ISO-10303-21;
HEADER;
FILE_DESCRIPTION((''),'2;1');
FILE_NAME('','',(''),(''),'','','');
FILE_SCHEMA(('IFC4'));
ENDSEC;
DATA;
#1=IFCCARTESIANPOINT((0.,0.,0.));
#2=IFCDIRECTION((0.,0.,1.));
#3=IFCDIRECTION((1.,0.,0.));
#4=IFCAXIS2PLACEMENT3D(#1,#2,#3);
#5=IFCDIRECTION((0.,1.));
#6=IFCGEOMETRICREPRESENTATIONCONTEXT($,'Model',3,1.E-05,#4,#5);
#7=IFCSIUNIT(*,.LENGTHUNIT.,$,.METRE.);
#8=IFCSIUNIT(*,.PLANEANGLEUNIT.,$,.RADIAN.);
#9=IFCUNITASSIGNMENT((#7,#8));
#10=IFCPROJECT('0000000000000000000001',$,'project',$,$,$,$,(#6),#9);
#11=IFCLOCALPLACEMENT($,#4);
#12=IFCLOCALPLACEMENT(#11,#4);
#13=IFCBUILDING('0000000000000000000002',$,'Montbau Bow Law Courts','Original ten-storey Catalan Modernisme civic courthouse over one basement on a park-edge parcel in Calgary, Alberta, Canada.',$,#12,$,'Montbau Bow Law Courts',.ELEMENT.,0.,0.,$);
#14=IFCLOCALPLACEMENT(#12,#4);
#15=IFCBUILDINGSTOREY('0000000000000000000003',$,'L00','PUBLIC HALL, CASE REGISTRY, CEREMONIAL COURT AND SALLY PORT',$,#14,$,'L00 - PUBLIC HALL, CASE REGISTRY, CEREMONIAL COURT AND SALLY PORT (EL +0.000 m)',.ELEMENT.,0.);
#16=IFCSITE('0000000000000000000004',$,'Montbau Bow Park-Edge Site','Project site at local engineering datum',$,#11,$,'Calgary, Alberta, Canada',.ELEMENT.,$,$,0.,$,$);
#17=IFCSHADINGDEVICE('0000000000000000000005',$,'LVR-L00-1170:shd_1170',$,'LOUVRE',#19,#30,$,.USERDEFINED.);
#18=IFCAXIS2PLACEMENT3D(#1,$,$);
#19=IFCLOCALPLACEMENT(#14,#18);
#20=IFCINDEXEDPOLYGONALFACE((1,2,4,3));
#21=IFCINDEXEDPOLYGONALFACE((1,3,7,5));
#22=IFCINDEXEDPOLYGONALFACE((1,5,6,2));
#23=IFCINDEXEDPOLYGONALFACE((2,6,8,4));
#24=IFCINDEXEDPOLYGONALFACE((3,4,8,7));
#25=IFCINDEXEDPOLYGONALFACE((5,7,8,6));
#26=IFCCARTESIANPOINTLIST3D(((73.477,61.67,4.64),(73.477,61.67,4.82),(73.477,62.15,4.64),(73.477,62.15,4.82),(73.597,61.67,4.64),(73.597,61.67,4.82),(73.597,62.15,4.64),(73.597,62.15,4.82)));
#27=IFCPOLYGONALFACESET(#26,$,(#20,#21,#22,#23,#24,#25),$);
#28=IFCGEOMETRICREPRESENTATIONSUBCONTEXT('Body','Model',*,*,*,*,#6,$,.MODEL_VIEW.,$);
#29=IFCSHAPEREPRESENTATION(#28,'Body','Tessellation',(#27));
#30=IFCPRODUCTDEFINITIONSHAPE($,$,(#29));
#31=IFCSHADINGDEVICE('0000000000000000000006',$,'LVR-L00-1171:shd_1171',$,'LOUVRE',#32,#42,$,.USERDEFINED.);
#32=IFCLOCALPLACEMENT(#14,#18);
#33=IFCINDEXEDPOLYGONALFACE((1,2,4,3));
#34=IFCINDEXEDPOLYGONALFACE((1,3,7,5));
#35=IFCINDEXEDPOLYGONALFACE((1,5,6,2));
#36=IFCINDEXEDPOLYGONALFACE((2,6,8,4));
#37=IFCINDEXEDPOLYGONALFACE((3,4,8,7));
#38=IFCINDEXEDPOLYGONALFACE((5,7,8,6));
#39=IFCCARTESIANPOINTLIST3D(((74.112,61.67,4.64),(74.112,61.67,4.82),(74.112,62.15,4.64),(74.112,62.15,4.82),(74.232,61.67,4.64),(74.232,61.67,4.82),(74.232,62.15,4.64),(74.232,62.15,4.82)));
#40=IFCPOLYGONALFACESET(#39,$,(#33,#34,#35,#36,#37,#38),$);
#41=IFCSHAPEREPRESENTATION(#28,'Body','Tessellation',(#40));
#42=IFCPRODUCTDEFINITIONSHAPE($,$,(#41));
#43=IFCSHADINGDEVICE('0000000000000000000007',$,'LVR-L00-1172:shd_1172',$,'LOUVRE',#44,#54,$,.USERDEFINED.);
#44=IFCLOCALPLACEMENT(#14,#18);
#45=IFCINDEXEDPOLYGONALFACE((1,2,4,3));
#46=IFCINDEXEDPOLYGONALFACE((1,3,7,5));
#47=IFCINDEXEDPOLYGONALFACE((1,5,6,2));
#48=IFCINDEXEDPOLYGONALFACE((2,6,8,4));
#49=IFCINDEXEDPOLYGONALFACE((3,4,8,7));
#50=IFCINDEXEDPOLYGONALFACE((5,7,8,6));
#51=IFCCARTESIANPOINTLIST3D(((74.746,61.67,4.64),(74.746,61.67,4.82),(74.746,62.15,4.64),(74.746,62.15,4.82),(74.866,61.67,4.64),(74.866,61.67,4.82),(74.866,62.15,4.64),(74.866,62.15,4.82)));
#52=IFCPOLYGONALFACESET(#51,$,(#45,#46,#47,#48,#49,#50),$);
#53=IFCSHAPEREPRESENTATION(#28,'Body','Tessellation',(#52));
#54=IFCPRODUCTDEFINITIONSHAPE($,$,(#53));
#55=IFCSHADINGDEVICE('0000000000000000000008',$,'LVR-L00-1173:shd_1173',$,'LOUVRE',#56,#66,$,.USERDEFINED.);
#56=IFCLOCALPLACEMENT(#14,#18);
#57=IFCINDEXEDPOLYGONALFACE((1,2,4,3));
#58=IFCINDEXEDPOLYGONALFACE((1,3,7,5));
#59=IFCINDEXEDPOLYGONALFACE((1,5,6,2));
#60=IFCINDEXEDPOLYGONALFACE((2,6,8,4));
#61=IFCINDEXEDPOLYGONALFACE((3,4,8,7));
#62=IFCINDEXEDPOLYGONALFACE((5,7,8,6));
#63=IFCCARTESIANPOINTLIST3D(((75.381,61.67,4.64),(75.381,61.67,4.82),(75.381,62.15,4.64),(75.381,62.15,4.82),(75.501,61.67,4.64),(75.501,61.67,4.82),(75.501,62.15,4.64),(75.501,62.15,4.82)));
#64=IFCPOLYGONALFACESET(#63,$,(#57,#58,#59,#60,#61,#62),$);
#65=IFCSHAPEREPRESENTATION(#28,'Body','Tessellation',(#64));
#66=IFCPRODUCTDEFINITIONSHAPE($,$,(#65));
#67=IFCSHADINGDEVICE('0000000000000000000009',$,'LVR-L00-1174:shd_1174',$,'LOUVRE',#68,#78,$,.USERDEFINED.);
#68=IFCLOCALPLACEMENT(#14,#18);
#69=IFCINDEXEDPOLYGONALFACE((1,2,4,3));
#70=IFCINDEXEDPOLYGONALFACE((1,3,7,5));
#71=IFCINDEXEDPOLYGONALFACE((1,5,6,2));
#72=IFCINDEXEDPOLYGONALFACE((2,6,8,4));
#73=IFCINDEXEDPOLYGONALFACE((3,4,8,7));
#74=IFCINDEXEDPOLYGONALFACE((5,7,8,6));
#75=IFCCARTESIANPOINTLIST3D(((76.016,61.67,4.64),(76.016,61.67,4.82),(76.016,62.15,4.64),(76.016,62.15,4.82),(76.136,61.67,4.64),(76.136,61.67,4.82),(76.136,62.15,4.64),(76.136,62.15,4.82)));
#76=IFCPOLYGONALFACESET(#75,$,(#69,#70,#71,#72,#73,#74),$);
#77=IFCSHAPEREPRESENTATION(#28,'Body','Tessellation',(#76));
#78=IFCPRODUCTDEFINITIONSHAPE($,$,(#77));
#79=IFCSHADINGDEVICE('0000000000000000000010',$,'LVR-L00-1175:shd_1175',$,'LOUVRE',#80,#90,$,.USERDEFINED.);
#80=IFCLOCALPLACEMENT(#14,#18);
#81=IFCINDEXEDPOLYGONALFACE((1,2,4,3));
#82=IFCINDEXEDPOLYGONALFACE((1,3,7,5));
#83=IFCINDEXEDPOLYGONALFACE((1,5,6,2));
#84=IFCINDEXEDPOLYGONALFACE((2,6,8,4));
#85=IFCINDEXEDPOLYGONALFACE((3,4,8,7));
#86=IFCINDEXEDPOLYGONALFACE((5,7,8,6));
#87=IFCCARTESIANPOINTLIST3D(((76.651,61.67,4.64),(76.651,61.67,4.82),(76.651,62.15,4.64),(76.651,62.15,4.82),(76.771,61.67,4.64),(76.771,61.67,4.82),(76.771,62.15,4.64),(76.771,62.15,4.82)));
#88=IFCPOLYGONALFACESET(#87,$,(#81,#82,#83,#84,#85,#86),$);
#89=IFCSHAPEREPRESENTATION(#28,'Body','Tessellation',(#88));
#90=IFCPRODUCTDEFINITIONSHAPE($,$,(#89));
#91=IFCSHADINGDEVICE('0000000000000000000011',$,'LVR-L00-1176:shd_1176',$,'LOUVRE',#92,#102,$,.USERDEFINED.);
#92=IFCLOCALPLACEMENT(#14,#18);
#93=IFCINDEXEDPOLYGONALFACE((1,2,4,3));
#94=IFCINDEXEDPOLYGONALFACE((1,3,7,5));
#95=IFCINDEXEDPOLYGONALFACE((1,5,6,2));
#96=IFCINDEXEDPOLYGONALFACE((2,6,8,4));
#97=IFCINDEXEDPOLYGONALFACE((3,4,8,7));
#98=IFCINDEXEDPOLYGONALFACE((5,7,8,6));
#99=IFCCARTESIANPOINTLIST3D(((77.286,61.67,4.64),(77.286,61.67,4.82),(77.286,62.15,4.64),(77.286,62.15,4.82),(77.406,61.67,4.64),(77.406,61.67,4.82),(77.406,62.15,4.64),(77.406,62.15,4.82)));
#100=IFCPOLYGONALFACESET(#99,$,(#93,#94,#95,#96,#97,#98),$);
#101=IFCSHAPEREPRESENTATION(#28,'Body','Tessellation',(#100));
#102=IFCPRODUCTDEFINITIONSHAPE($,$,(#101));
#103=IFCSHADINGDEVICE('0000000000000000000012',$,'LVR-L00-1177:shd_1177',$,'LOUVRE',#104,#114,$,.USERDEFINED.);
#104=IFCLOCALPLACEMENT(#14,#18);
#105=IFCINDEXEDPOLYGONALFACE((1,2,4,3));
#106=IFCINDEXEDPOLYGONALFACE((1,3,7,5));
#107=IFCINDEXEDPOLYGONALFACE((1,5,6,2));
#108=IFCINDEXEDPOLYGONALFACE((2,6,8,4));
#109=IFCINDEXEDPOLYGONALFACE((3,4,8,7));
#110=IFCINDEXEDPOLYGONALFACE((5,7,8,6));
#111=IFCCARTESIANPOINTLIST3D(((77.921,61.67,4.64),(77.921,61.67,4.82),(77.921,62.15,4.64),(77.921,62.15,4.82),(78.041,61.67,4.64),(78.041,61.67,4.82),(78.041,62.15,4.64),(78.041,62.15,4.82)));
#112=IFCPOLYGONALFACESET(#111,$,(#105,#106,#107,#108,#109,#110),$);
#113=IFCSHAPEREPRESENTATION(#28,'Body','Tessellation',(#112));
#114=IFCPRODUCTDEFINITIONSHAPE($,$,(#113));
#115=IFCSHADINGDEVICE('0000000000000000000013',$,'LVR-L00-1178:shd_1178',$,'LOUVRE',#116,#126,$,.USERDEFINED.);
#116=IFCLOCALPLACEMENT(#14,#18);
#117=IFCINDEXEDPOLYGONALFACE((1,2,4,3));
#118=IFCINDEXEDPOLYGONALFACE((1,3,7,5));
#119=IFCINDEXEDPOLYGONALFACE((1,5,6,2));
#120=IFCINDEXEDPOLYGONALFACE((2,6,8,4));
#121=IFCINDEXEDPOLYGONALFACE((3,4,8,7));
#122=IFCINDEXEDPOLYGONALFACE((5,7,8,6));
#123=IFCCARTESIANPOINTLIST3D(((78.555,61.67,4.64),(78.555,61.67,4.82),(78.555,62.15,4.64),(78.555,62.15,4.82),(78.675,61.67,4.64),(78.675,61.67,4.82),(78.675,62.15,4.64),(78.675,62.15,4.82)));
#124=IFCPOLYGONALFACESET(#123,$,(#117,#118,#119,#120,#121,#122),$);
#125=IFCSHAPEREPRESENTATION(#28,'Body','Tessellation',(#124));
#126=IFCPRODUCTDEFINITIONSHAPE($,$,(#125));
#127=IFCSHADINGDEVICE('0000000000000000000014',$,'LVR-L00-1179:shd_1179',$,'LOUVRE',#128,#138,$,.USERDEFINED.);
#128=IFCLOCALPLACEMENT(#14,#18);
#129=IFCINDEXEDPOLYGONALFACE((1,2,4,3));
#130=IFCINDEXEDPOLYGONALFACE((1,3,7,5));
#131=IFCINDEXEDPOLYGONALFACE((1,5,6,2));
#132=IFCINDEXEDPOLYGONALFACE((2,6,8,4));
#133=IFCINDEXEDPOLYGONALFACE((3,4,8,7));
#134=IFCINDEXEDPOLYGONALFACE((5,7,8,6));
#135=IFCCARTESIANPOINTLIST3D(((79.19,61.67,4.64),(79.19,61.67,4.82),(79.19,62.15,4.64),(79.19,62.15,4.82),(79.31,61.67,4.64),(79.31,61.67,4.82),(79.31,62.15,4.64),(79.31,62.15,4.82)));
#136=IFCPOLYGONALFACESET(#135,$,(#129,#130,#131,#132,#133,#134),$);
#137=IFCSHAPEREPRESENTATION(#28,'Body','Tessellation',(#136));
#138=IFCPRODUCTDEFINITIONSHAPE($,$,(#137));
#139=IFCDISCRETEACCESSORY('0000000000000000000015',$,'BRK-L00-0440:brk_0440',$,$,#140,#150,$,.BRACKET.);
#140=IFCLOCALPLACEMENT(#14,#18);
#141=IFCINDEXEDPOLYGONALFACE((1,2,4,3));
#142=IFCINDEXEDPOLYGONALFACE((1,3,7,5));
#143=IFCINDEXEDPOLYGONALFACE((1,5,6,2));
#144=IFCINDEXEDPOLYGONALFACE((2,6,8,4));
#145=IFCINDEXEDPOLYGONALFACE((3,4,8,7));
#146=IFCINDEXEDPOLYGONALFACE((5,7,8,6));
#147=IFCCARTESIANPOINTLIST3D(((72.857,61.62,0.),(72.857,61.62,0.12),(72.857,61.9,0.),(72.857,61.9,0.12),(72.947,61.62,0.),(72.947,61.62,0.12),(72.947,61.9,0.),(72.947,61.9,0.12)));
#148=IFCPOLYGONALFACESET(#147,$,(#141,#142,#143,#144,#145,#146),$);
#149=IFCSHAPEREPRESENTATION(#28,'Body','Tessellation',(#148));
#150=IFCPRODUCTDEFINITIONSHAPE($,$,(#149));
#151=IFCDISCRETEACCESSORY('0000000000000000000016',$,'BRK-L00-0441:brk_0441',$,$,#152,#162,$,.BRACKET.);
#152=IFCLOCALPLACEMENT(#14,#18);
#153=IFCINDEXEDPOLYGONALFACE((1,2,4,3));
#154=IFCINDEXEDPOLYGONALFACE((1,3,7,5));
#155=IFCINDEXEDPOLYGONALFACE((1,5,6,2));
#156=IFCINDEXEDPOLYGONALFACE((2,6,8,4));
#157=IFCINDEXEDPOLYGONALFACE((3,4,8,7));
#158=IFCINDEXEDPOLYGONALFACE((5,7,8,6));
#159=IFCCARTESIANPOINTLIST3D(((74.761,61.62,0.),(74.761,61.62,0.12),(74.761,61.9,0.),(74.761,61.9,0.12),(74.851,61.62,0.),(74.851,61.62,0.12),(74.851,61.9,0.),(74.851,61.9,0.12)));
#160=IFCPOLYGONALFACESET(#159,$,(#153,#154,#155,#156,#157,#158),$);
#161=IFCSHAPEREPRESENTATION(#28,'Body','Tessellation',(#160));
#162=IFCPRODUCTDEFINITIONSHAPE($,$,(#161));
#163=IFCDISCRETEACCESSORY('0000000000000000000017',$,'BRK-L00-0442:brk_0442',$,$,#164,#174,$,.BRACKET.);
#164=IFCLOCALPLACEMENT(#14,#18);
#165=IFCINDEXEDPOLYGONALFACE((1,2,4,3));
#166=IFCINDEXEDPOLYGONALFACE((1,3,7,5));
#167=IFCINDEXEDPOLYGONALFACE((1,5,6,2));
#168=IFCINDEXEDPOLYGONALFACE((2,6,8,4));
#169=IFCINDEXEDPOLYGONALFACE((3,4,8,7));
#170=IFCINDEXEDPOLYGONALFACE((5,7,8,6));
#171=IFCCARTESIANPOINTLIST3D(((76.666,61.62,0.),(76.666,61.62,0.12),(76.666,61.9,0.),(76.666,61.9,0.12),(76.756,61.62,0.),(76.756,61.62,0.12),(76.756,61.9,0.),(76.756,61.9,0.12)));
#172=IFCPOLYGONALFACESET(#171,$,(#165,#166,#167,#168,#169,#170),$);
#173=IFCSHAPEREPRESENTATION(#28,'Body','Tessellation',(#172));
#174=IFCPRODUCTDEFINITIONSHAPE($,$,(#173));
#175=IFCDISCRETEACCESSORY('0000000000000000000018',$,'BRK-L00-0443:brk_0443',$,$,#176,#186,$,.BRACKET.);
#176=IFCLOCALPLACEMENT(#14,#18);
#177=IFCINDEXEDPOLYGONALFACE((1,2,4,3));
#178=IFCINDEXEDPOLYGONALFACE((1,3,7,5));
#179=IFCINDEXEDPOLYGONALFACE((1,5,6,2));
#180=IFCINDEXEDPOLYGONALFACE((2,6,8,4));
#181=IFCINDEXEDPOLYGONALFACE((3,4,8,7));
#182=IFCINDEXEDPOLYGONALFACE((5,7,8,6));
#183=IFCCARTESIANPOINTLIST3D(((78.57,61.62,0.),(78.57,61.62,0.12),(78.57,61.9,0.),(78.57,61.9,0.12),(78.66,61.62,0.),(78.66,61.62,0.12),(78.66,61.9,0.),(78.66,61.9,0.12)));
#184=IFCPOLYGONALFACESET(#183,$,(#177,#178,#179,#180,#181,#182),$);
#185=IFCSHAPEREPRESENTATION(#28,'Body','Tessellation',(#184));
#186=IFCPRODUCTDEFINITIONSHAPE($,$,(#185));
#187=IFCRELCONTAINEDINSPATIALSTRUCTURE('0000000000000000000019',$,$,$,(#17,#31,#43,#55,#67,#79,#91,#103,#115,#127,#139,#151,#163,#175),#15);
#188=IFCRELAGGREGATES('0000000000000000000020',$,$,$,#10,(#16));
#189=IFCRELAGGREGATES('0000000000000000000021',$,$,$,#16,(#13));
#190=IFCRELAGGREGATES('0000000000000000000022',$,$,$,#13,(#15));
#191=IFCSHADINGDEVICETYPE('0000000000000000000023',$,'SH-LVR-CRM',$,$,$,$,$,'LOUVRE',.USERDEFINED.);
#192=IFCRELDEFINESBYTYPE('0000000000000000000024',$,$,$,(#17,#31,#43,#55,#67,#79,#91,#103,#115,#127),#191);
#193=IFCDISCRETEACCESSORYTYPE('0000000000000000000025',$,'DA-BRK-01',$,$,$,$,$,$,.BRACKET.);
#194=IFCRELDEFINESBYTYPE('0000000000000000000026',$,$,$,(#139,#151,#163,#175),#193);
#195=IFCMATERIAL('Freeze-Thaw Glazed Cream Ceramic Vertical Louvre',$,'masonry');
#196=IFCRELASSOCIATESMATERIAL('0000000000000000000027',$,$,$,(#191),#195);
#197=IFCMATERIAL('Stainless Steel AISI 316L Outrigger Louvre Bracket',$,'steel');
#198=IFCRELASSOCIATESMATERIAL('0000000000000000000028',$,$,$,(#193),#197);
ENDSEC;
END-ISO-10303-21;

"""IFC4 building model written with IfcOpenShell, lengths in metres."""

from ifc_helpers import new_model, si_unit, direction, frame, origin_with_axes, origin_2d_with_axis, place, context, subcontext, project, spatial, rectangle, extrude, material, type_object, element, save


model = new_model("IFC4")

# Units and contexts
model_context = context("Model", 3, precision=1e-05, world=origin_with_axes(), true_north=direction((0.0, 1.0)))
body_context = subcontext(model_context, "Body", "Model", "MODEL_VIEW")
ifc_project = project(units=[si_unit("LENGTHUNIT", "METRE"), si_unit("PLANEANGLEUNIT", "RADIAN")], contexts=[model_context])

# Site, building, storey
site_placement = place(None, origin_with_axes())
site = spatial("IfcSite", under=ifc_project, at=site_placement, Name="Montbau Bow Park-Edge Site", Description="Project site at local engineering datum", LongName="Calgary, Alberta, Canada", CompositionType="ELEMENT", RefElevation=0.0)
building_placement = place(site_placement, origin_with_axes())
building = spatial("IfcBuilding", under=site, at=building_placement, Name="Montbau Bow Law Courts", Description="Original ten-storey Catalan Modernisme civic courthouse over one basement on a park-edge parcel in Calgary, Alberta, Canada.", LongName="Montbau Bow Law Courts", CompositionType="ELEMENT", ElevationOfRefHeight=0.0, ElevationOfTerrain=0.0)
storey_placement = place(building_placement, origin_with_axes())
storey = spatial("IfcBuildingStorey", under=building, at=storey_placement, Name="L00", Description="PUBLIC HALL, CASE REGISTRY, CEREMONIAL COURT AND SALLY PORT", LongName="L00 - PUBLIC HALL, CASE REGISTRY, CEREMONIAL COURT AND SALLY PORT (EL +0.000 m)", CompositionType="ELEMENT", Elevation=0.0)

# Shading devices
ifc_material_1 = material(Name="Freeze-Thaw Glazed Cream Ceramic Vertical Louvre", Category="masonry")
shading_device_type = type_object("IfcShadingDeviceType", Name="SH-LVR-CRM", ElementType="LOUVRE", PredefinedType="USERDEFINED", material=ifc_material_1)
for number, where, z_axis, x_axis, name in (
    (1, (73.537, 61.91, 4.64), (0.0, 0.0, 1.0), (0.0, 1.0, 0.0), "LVR-L00-1170:shd_1170"),
    (2, (74.172, 61.91, 4.64), (0.0, 0.0, 1.0), (0.0, 1.0, 0.0), "LVR-L00-1171:shd_1171"),
    (3, (74.806, 61.91, 4.64), (0.0, 0.0, 1.0), (0.0, 1.0, 0.0), "LVR-L00-1172:shd_1172"),
    (4, (75.441, 61.91, 4.64), (0.0, 0.0, 1.0), (0.0, 1.0, 0.0), "LVR-L00-1173:shd_1173"),
    (5, (76.076, 61.91, 4.64), (0.0, 0.0, 1.0), (0.0, 1.0, 0.0), "LVR-L00-1174:shd_1174"),
    (6, (76.711, 61.91, 4.64), (0.0, 0.0, 1.0), (0.0, 1.0, 0.0), "LVR-L00-1175:shd_1175"),
    (7, (77.346, 61.91, 4.64), (0.0, 0.0, 1.0), (0.0, 1.0, 0.0), "LVR-L00-1176:shd_1176"),
    (8, (77.981, 61.91, 4.64), (0.0, 0.0, 1.0), (0.0, 1.0, 0.0), "LVR-L00-1177:shd_1177"),
    (9, (78.615, 61.91, 4.64), (0.0, 0.0, 1.0), (0.0, 1.0, 0.0), "LVR-L00-1178:shd_1178"),
    (10, (79.25, 61.91, 4.64), (0.0, 0.0, 1.0), (0.0, 1.0, 0.0), "LVR-L00-1179:shd_1179"),
):
    element("IfcShadingDevice", number, at=place(None, frame(where, z_axis=z_axis, x_axis=x_axis)), inside=storey, type_object=shading_device_type, Name=name, ObjectType="LOUVRE", PredefinedType="USERDEFINED", context=body_context, shape_type="SweptSolid", body=[
        extrude(rectangle(XDim=0.48, YDim=0.12, at=origin_2d_with_axis()), origin_with_axes(), (0.0, 0.0, 1.0), 0.18),
    ])

# Discrete accessories
ifc_material_2 = material(Name="Stainless Steel AISI 316L Outrigger Louvre Bracket", Category="steel")
discrete_accessory_type = type_object("IfcDiscreteAccessoryType", Name="DA-BRK-01", PredefinedType="BRACKET", material=ifc_material_2)
for number, where, z_axis, x_axis, name in (
    (11, (72.902, 61.76, 0.0), (0.0, 0.0, 1.0), (0.0, 1.0, 0.0), "BRK-L00-0440:brk_0440"),
    (12, (74.806, 61.76, 0.0), (0.0, 0.0, 1.0), (0.0, 1.0, 0.0), "BRK-L00-0441:brk_0441"),
    (13, (76.711, 61.76, 0.0), (0.0, 0.0, 1.0), (0.0, 1.0, 0.0), "BRK-L00-0442:brk_0442"),
    (14, (78.615, 61.76, 0.0), (0.0, 0.0, 1.0), (0.0, 1.0, 0.0), "BRK-L00-0443:brk_0443"),
):
    element("IfcDiscreteAccessory", number, at=place(None, frame(where, z_axis=z_axis, x_axis=x_axis)), inside=storey, type_object=discrete_accessory_type, Name=name, PredefinedType="BRACKET", context=body_context, shape_type="SweptSolid", body=[
        extrude(rectangle(XDim=0.28, YDim=0.09, at=origin_2d_with_axis()), origin_with_axes(), (0.0, 0.0, 1.0), 0.12),
    ])

save(model, "model.ifc")
